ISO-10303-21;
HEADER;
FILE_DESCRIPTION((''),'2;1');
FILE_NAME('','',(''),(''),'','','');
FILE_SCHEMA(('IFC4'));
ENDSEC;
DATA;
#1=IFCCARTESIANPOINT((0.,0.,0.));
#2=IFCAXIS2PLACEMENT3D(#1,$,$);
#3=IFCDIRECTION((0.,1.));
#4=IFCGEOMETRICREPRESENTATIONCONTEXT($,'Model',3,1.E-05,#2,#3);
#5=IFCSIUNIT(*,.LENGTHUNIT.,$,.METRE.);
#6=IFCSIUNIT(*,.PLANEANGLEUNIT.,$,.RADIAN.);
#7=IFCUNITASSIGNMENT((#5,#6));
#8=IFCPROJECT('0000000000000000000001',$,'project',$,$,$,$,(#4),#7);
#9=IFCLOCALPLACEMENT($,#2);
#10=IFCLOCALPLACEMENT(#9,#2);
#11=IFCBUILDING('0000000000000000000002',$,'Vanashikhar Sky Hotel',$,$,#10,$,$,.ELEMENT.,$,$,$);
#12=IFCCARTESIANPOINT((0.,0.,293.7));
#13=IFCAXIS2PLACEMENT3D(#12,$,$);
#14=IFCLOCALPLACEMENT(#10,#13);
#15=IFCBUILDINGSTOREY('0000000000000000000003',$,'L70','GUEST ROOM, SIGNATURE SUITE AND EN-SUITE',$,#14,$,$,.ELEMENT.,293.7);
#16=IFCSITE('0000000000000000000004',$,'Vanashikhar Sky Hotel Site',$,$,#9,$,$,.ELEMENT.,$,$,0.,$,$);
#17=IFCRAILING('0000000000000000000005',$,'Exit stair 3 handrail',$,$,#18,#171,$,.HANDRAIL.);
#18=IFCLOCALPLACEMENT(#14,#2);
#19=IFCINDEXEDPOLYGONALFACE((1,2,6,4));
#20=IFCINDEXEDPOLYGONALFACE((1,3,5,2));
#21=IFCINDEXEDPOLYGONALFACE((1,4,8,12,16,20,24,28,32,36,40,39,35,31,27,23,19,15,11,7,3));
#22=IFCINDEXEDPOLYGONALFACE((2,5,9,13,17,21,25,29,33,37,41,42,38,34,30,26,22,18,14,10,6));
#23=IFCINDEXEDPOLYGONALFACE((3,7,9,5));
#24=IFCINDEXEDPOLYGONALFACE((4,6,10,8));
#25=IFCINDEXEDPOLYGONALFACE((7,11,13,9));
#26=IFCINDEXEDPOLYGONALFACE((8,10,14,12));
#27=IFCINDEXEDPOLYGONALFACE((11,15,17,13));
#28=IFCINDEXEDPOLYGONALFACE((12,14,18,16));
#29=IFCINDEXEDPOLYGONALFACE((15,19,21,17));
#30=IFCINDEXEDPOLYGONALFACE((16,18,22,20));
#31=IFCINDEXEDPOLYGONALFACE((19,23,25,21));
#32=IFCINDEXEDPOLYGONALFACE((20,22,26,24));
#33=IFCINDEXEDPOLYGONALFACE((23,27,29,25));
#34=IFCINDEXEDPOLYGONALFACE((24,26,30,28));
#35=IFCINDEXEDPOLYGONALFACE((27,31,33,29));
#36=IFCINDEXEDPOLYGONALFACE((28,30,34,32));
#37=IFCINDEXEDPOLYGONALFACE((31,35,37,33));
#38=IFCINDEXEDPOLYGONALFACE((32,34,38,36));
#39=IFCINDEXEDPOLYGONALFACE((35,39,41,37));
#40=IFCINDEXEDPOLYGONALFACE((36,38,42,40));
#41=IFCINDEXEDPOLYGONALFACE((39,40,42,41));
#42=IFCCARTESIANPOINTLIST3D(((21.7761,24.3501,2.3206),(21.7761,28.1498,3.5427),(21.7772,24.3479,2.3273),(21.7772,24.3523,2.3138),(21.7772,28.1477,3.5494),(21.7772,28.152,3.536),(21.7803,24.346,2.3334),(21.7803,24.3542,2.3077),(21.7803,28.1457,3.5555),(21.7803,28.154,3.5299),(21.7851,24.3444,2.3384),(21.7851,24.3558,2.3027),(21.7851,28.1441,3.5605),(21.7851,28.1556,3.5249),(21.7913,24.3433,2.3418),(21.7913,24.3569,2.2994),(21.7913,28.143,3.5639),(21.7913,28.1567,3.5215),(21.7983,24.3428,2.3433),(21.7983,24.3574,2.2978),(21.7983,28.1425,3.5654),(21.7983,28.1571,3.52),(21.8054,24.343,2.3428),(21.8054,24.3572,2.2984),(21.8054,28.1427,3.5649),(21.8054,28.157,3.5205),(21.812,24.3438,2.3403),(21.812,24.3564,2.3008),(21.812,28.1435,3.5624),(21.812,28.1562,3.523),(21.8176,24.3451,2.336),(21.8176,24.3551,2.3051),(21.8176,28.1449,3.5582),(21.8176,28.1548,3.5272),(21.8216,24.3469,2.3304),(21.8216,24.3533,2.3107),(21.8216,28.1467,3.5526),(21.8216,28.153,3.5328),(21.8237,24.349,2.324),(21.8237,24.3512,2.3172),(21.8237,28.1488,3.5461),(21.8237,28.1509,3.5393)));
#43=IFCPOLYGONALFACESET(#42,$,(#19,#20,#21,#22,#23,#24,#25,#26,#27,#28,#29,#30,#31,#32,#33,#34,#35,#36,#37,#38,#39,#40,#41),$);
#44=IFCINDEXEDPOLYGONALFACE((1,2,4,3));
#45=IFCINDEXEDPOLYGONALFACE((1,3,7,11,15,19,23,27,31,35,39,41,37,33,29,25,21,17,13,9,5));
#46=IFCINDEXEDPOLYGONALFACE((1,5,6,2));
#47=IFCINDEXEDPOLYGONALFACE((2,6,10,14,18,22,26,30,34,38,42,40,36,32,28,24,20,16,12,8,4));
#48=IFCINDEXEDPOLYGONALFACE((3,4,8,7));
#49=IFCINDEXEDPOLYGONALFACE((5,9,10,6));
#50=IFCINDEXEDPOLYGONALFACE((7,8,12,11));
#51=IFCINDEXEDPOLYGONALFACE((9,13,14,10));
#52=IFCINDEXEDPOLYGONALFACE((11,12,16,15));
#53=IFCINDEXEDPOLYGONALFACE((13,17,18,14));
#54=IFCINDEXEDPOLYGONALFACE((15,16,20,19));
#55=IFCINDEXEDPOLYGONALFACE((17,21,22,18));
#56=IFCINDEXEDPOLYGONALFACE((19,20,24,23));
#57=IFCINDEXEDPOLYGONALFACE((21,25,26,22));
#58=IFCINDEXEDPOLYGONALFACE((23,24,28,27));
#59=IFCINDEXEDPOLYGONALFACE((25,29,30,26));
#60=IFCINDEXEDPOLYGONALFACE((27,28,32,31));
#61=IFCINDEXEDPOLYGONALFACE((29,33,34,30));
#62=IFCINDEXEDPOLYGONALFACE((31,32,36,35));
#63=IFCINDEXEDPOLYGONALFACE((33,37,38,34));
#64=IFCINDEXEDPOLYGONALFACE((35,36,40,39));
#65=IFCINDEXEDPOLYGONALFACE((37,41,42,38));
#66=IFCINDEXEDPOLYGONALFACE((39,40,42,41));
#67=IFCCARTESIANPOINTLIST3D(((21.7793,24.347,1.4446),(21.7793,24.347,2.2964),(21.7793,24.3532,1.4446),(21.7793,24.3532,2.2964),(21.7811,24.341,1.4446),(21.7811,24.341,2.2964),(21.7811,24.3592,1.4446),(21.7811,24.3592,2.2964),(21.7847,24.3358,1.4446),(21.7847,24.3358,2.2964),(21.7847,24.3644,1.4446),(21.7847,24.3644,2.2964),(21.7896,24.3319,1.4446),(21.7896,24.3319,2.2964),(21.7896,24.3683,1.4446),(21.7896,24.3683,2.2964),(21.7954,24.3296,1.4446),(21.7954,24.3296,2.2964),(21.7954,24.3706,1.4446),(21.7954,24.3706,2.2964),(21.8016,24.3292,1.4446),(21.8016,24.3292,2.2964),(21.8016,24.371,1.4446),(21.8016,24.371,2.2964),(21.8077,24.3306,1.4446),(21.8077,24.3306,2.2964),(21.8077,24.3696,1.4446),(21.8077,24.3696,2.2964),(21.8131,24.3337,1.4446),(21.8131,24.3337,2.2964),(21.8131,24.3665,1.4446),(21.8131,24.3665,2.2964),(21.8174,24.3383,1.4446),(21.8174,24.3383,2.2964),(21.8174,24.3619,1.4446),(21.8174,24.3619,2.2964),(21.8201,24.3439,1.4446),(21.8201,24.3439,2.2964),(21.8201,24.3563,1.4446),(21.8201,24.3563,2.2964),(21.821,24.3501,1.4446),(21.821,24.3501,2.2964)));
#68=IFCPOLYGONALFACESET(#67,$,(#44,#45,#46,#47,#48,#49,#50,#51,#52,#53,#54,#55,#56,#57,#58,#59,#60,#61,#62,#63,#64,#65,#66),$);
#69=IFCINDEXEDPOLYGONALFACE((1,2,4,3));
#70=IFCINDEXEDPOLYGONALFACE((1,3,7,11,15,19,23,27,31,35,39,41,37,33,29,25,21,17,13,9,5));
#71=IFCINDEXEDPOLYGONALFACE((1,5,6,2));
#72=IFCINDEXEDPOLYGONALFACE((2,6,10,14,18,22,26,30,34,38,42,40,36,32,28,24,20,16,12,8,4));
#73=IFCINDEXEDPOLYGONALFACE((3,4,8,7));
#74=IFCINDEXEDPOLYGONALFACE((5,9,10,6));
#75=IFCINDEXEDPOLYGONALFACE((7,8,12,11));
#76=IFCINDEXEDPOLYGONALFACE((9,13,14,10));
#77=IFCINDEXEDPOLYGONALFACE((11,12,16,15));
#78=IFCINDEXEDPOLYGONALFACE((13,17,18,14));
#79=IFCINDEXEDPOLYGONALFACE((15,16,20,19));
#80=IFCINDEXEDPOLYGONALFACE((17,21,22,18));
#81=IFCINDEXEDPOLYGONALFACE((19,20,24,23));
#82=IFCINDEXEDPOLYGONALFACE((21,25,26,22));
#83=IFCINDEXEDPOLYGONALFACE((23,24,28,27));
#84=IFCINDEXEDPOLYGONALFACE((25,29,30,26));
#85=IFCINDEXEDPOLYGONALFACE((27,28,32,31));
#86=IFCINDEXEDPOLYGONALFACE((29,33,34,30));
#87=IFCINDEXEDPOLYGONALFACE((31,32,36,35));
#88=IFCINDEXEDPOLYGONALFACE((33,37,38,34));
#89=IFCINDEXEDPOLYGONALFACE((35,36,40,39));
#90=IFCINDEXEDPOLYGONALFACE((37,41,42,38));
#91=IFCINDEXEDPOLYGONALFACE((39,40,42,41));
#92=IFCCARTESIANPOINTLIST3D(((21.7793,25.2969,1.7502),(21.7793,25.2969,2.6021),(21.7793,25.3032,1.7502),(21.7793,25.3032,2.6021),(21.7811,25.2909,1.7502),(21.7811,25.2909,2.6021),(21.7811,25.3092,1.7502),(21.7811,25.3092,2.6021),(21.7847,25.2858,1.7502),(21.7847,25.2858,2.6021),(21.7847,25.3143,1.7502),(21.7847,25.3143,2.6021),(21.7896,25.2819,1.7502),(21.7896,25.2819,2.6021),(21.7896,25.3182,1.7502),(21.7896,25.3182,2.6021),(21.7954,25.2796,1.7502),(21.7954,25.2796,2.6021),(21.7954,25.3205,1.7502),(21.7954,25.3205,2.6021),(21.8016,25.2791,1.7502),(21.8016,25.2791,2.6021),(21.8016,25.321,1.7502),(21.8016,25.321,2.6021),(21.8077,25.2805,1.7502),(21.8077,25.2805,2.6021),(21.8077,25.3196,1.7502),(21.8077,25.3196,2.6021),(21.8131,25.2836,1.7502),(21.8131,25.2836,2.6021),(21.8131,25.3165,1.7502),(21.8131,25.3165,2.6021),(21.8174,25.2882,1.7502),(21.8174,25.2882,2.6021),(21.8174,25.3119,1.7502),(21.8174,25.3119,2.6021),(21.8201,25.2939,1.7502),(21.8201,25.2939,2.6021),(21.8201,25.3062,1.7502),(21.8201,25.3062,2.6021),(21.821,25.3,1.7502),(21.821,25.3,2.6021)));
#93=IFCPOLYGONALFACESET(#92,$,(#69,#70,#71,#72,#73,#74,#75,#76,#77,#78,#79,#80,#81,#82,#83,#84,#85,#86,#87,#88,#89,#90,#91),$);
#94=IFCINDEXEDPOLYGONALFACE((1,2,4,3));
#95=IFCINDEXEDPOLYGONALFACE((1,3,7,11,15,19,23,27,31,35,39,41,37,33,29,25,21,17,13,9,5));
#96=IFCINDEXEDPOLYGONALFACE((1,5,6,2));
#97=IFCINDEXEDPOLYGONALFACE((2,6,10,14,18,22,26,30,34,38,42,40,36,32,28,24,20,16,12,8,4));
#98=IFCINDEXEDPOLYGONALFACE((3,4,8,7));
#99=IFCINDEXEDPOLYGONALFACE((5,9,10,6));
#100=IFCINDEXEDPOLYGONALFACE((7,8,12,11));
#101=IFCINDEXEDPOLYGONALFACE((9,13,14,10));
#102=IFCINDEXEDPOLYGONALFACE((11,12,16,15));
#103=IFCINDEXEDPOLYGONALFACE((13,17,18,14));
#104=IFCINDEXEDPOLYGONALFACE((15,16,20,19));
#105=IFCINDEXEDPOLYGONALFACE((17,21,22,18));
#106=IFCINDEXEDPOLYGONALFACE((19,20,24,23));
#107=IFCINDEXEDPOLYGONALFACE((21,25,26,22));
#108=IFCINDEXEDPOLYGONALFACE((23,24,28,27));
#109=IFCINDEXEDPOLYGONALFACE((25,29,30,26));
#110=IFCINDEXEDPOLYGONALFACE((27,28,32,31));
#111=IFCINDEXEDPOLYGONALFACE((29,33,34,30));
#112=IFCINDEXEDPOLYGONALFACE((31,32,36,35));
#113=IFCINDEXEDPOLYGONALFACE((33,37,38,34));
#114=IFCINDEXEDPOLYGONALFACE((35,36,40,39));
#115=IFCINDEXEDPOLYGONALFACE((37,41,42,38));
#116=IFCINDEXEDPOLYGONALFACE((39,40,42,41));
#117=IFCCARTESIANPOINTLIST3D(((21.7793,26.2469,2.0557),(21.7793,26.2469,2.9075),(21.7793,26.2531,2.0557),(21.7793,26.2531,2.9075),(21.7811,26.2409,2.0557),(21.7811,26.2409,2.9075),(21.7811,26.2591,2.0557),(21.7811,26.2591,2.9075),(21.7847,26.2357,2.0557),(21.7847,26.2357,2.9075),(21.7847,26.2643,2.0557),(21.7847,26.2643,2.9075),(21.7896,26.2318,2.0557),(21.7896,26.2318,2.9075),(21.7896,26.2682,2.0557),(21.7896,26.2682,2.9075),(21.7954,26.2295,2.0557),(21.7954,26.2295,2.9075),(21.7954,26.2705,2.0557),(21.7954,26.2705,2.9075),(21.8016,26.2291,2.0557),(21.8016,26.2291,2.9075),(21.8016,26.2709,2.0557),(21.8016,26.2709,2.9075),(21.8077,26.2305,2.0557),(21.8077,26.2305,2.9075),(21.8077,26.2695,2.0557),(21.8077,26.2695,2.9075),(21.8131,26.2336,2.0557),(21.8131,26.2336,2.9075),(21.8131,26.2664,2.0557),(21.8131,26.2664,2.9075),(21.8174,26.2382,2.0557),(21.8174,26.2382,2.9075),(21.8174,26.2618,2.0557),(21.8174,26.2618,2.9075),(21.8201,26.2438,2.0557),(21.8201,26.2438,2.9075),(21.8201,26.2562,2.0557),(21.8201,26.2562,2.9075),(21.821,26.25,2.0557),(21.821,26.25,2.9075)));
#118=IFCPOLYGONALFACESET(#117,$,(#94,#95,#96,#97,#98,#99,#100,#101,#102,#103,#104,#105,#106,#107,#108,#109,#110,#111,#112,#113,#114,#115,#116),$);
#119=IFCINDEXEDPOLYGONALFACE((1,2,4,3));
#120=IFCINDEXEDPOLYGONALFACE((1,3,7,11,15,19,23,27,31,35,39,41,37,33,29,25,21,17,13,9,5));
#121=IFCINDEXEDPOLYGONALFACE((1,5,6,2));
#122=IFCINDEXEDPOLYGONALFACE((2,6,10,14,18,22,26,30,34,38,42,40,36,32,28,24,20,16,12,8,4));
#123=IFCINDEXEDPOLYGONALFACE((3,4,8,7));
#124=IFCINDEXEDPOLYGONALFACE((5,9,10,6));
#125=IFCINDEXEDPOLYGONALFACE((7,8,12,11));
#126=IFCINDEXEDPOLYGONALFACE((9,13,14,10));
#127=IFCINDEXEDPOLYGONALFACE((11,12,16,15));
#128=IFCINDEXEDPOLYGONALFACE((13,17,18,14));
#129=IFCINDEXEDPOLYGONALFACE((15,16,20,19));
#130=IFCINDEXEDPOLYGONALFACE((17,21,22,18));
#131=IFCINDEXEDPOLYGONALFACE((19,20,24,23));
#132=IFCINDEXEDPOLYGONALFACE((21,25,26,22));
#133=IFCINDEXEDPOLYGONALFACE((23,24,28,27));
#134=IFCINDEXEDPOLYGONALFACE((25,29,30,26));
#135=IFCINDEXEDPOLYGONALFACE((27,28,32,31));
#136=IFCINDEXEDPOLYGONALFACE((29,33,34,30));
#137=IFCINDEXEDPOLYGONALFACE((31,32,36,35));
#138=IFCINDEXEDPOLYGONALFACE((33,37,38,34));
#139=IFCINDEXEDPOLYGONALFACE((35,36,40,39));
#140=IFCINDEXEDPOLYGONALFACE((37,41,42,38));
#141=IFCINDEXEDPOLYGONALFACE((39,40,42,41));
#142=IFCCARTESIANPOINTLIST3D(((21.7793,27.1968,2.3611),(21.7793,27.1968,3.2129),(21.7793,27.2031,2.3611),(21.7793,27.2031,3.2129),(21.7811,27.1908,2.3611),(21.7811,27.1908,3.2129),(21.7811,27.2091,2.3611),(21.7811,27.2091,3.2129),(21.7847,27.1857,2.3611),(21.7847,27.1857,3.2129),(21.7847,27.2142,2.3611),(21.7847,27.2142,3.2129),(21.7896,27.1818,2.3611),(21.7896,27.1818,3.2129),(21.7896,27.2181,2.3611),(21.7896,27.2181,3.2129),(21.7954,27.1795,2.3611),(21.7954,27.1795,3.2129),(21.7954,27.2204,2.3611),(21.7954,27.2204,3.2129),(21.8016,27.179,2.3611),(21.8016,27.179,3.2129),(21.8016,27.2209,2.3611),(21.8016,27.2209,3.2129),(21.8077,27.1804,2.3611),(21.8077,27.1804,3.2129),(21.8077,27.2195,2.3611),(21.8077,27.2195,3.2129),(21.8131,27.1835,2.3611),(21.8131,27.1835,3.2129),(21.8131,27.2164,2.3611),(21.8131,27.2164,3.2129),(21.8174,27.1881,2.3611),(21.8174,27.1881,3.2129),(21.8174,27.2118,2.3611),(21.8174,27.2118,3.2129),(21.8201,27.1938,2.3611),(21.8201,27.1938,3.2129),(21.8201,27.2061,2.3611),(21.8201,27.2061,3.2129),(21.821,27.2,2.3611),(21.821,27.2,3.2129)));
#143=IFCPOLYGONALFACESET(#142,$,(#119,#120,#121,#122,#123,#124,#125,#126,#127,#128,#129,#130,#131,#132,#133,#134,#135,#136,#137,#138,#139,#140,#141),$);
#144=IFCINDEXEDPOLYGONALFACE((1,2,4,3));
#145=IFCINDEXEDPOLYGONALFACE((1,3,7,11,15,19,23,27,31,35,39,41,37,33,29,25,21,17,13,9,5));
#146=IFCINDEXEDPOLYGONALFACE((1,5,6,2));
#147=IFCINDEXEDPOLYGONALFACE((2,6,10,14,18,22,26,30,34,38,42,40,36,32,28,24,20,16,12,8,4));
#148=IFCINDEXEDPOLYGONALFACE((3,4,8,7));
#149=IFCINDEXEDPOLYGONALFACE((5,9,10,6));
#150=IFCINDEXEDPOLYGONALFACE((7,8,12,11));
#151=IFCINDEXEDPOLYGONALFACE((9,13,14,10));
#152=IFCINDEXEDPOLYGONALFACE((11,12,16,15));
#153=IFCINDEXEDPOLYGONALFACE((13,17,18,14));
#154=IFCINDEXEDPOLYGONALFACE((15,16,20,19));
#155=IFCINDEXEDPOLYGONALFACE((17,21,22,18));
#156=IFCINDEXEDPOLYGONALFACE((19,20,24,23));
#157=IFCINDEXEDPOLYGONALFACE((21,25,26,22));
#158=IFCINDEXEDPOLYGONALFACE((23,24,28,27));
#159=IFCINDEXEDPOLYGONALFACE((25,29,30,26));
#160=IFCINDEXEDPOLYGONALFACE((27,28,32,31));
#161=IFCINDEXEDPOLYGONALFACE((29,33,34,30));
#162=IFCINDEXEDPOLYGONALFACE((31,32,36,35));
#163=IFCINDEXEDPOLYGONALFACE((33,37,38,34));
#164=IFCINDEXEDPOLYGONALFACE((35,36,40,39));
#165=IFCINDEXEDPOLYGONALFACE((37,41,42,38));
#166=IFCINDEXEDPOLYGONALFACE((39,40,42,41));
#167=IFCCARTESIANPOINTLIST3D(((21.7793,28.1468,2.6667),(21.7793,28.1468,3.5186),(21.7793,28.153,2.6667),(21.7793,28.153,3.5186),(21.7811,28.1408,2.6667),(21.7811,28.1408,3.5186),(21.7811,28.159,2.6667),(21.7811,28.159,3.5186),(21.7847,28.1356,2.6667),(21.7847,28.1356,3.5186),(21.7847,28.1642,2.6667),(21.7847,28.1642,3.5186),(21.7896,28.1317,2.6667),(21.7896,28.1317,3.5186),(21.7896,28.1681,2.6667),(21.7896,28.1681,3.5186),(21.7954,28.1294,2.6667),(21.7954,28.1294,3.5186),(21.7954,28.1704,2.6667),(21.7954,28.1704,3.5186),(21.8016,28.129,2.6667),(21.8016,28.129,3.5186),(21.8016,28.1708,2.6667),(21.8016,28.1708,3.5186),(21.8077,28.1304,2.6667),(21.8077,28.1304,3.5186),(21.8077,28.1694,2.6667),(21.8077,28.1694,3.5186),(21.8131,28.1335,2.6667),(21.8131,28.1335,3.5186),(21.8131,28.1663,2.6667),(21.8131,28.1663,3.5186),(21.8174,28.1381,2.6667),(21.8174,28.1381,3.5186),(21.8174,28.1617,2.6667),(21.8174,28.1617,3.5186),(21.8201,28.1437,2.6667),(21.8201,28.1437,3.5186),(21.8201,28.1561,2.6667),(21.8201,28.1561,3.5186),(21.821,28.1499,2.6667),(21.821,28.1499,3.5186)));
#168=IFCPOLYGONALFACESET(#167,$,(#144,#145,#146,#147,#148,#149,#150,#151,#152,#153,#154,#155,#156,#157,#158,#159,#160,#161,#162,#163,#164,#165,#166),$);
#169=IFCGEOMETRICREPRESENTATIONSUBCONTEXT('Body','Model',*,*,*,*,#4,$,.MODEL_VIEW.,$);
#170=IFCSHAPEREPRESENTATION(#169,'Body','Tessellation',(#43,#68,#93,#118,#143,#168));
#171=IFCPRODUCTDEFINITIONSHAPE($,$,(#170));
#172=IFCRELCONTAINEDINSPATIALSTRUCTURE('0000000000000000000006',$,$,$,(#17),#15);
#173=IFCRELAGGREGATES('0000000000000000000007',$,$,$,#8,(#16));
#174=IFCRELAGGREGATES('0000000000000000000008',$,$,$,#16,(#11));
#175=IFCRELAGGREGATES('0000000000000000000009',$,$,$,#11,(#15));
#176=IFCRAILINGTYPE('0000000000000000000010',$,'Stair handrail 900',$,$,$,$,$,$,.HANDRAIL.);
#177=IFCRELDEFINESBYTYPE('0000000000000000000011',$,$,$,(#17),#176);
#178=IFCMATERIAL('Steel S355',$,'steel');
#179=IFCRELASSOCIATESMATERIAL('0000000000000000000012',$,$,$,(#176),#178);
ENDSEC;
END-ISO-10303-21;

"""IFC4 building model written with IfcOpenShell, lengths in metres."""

from ifc_helpers import new_model, si_unit, direction, frame, origin, origin_2d, place, context, subcontext, project, spatial, circle, extrude, source, transform, mapped, material, type_object, element, save


model = new_model("IFC4")

# Units and contexts
model_context = context("Model", 3, precision=1e-05, world=origin(), true_north=direction((0.0, 1.0)))
body_context = subcontext(model_context, "Body", "Model", "MODEL_VIEW")
ifc_project = project(units=[si_unit("LENGTHUNIT", "METRE"), si_unit("PLANEANGLEUNIT", "RADIAN")], contexts=[model_context])

# Site, building, storey
site_placement = place(None, origin())
site = spatial("IfcSite", under=ifc_project, at=site_placement, Name="Vanashikhar Sky Hotel Site", CompositionType="ELEMENT", RefElevation=0.0)
building_placement = place(site_placement, origin())
building = spatial("IfcBuilding", under=site, at=building_placement, Name="Vanashikhar Sky Hotel", CompositionType="ELEMENT")
storey_placement = place(building_placement, frame((0.0, 0.0, 293.7)))
storey = spatial("IfcBuildingStorey", under=building, at=storey_placement, Name="L70", Description="GUEST ROOM, SIGNATURE SUITE AND EN-SUITE", CompositionType="ELEMENT", Elevation=293.7)

# Railing
ifc_material_1 = material(Name="Steel S355", Category="steel")
railing_type_1 = type_object("IfcRailingType", Name="Stair handrail 900", PredefinedType="HANDRAIL", material=ifc_material_1)
shared_shape_1 = source(origin(), body_context, "Body", "SweptSolid", [
    extrude(circle(Radius=0.0239, at=origin_2d()), frame((0.0, 0.0, 0.876), z_axis=(0.0, 0.95197, 0.306191), x_axis=(-1.0, 0.0, 0.0)), (0.0, 0.0, 1.0), 3.9915),
    extrude(circle(Radius=0.021, at=origin_2d()), origin(), (0.0, 0.0, 1.0), 0.8518),
    extrude(circle(Radius=0.021, at=origin_2d()), frame((0.0, 0.95, 0.3057)), (0.0, 0.0, 1.0), 0.8518),
    extrude(circle(Radius=0.021, at=origin_2d()), frame((0.0, 1.8999, 0.6111)), (0.0, 0.0, 1.0), 0.8518),
    extrude(circle(Radius=0.021, at=origin_2d()), frame((0.0, 2.8499, 0.9165)), (0.0, 0.0, 1.0), 0.8518),
    extrude(circle(Radius=0.021, at=origin_2d()), frame((0.0, 3.7998, 1.2222)), (0.0, 0.0, 1.0), 0.8518),
])
railing_1_placement = place(storey_placement, frame((21.8, 24.3501, 1.4446)))
element("IfcRailing", 1, at=railing_1_placement, inside=storey, type_object=railing_type_1, Name="Exit stair 3 handrail", PredefinedType="HANDRAIL", context=body_context, shape_type="MappedRepresentation", body=[
    mapped(shared_shape_1, transform((0.0, 0.0, 0.0), scale=1.0)),
])

save(model, "model.ifc")
